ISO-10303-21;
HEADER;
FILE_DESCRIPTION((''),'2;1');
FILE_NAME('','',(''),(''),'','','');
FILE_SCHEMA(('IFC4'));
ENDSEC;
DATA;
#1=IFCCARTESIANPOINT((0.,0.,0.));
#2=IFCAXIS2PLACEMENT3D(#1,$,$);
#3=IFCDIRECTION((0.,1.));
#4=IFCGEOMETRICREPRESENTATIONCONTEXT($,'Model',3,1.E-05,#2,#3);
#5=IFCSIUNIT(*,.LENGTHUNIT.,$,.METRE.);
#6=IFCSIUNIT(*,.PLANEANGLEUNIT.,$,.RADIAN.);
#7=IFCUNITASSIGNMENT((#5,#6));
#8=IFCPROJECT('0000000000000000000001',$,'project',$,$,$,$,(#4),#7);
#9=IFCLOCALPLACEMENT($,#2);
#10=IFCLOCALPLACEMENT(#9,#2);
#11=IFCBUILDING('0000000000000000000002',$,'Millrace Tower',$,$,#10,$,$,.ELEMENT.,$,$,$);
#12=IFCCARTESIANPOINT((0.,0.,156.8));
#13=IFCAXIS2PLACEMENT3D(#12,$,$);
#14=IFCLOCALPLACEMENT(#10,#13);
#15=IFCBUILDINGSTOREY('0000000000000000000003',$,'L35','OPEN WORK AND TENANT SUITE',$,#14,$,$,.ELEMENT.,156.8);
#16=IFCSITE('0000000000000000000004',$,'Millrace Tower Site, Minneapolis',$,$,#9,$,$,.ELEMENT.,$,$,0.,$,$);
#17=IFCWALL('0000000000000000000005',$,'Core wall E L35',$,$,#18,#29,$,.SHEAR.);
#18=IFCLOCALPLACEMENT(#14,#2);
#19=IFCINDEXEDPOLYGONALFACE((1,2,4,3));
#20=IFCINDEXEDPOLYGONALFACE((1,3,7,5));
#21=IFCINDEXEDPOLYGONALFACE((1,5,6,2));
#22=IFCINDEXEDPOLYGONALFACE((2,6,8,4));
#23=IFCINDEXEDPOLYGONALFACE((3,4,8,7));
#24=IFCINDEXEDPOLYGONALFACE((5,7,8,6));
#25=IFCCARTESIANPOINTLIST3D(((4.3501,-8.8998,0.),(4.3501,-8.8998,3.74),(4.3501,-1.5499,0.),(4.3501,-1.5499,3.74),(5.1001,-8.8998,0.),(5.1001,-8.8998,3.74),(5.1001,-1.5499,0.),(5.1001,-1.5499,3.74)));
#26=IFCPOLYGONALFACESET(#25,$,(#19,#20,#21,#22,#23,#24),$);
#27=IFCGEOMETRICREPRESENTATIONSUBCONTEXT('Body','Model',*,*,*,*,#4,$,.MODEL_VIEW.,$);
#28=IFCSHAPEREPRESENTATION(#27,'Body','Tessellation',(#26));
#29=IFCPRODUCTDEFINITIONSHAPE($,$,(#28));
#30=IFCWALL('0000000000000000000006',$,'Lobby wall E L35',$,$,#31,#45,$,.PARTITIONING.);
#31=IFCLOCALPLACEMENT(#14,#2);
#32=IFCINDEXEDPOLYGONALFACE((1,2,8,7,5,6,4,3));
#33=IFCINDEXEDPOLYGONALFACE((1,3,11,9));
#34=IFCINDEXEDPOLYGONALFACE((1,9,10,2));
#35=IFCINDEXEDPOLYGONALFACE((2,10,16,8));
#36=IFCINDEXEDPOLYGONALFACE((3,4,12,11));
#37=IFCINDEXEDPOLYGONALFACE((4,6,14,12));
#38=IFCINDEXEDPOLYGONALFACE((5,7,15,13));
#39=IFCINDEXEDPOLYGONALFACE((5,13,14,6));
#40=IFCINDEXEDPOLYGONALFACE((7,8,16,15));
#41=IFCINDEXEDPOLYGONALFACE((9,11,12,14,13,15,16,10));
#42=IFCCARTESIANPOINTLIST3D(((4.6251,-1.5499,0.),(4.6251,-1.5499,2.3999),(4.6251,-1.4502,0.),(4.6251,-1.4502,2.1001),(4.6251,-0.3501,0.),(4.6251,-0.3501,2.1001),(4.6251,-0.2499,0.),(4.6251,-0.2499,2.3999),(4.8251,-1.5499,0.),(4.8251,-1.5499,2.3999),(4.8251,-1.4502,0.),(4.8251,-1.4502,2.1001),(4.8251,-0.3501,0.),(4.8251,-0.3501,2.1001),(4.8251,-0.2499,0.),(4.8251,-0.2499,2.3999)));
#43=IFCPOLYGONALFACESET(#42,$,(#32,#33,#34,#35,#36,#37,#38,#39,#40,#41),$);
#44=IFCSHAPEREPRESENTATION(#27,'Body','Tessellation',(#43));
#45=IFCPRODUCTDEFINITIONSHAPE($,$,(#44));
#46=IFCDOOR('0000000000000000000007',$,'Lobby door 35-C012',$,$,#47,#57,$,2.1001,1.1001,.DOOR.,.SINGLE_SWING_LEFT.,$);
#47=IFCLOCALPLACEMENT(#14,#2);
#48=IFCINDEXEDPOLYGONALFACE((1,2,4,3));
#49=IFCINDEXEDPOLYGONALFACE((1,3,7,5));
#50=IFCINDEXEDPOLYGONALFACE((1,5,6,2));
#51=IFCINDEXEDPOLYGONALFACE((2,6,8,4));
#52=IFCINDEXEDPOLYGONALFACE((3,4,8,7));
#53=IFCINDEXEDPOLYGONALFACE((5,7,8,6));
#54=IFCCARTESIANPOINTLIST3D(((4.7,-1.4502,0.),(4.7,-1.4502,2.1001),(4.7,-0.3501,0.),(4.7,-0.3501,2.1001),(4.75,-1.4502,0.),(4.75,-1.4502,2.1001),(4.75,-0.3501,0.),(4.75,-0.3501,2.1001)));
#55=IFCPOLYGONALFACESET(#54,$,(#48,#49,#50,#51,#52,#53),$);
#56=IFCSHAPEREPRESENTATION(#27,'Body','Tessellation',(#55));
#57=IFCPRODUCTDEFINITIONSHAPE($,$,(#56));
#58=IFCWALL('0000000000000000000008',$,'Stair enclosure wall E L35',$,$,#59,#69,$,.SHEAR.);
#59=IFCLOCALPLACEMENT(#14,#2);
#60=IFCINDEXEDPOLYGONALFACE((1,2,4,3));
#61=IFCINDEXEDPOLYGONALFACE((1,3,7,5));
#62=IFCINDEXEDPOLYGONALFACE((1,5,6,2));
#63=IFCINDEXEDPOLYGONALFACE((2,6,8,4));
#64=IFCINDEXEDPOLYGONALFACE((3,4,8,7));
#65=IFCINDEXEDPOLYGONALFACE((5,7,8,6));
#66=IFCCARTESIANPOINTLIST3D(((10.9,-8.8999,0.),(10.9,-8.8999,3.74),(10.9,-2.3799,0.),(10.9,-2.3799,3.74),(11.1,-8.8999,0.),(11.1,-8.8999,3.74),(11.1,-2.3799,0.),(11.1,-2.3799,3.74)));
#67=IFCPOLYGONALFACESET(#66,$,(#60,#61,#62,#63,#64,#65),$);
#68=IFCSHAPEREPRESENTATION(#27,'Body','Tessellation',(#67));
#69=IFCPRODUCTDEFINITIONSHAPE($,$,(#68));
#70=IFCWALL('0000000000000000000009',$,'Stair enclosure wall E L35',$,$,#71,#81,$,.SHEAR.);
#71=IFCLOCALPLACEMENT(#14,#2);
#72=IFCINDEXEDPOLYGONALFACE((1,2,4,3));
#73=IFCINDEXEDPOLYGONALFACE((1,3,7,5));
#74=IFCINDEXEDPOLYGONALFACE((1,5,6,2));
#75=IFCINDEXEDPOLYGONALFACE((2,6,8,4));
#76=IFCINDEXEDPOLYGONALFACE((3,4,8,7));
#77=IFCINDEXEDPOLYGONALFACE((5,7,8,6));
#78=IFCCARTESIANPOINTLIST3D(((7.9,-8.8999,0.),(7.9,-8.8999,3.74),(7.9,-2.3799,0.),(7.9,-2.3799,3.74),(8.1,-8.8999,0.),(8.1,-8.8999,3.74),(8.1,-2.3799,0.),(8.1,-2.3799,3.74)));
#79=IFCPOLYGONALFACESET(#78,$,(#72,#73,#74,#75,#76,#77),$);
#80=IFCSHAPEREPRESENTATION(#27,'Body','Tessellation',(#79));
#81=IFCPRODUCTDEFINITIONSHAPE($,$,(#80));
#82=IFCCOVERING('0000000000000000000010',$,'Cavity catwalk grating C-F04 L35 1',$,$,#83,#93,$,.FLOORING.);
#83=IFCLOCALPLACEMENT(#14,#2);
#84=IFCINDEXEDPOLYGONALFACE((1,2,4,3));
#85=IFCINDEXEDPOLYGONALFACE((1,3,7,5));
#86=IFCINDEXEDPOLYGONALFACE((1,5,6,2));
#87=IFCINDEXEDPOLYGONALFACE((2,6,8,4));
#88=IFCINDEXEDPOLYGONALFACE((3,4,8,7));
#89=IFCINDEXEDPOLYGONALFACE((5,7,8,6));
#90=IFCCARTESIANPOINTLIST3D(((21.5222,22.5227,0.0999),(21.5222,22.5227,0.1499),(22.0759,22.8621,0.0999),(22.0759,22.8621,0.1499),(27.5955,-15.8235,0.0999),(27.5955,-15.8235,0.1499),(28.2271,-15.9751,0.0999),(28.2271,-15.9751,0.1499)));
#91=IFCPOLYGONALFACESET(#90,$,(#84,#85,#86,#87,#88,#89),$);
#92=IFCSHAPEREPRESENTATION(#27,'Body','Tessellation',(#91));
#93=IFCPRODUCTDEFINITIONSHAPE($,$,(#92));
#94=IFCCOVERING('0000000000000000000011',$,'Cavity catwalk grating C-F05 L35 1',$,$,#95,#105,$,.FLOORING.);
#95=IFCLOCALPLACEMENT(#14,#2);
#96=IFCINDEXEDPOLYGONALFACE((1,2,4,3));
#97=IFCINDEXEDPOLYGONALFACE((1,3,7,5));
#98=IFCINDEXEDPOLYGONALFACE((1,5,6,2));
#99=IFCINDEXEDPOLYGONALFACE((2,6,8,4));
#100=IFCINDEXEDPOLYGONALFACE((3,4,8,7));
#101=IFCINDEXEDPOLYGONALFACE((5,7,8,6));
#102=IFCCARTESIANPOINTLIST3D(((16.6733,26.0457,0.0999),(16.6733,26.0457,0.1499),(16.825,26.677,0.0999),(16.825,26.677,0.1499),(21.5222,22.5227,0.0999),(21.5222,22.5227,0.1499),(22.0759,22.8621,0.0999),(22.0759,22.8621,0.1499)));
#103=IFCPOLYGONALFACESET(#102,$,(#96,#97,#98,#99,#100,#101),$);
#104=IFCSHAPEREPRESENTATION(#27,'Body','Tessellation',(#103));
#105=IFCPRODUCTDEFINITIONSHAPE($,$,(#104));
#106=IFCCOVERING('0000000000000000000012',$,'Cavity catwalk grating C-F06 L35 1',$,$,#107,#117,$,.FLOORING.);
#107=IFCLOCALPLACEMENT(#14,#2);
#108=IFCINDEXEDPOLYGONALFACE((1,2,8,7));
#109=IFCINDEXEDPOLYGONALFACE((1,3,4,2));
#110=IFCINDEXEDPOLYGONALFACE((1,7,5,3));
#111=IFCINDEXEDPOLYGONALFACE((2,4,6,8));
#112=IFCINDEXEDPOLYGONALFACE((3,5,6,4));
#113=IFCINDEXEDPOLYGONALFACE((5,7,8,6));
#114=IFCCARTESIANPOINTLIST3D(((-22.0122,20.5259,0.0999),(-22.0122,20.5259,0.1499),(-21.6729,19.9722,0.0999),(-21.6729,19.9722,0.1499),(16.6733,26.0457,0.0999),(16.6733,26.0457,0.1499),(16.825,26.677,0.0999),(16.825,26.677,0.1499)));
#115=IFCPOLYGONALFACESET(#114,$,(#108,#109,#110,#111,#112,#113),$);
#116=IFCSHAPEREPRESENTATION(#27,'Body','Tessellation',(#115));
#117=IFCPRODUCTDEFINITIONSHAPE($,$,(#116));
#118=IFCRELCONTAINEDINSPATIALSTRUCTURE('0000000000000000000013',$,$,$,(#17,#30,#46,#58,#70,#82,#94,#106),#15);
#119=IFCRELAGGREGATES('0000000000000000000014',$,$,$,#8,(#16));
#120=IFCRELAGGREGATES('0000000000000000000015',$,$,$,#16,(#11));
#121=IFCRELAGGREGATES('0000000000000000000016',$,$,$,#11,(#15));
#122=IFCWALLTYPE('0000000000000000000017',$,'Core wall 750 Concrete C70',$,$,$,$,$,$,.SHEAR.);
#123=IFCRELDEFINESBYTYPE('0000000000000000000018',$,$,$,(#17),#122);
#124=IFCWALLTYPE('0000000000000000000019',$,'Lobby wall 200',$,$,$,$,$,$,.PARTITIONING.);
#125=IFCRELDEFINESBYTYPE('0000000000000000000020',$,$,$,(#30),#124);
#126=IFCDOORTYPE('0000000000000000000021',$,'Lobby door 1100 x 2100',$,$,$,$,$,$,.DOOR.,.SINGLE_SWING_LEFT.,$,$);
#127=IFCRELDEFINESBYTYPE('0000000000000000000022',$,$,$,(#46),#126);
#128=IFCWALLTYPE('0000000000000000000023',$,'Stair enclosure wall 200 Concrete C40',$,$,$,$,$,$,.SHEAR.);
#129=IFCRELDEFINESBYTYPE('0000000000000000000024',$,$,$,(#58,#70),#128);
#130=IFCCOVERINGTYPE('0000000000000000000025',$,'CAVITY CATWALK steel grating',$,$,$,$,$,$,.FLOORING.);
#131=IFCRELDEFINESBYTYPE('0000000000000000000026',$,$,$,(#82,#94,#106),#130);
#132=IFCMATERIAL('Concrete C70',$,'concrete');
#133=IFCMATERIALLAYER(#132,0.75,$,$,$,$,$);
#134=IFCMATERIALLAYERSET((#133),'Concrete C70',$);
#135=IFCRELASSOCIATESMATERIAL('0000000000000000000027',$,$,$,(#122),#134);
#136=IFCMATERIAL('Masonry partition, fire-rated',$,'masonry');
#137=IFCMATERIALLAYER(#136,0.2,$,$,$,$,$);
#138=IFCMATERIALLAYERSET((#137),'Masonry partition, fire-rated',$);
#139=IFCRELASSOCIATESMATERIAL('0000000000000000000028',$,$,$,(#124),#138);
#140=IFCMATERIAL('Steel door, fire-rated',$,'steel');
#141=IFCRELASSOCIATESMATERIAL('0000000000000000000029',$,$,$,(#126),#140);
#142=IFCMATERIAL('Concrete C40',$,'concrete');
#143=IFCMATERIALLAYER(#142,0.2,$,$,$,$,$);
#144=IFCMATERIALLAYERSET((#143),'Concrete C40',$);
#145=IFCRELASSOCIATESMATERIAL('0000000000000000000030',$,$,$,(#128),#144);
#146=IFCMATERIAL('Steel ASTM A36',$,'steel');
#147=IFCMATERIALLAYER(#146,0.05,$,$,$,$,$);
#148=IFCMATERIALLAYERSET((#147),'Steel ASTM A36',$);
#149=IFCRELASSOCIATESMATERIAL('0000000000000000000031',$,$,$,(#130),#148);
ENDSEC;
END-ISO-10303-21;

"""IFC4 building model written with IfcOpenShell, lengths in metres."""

from ifc_helpers import new_model, si_unit, direction, frame, frame_2d, origin, place, context, subcontext, project, spatial, polyline, rectangle, outline, extrude, material, layer, layer_set, type_object, element, fill, save


model = new_model("IFC4")

# Units and contexts
model_context = context("Model", 3, precision=1e-05, world=origin(), true_north=direction((0.0, 1.0)))
body_context = subcontext(model_context, "Body", "Model", "MODEL_VIEW")
ifc_project = project(units=[si_unit("LENGTHUNIT", "METRE"), si_unit("PLANEANGLEUNIT", "RADIAN")], contexts=[model_context])

# Site, building, storey
site_placement = place(None, origin())
site = spatial("IfcSite", under=ifc_project, at=site_placement, Name="Millrace Tower Site, Minneapolis", CompositionType="ELEMENT", RefElevation=0.0)
building_placement = place(site_placement, origin())
building = spatial("IfcBuilding", under=site, at=building_placement, Name="Millrace Tower", CompositionType="ELEMENT")
storey_placement = place(building_placement, frame((0.0, 0.0, 156.8)))
storey = spatial("IfcBuildingStorey", under=building, at=storey_placement, Name="L35", Description="OPEN WORK AND TENANT SUITE", CompositionType="ELEMENT", Elevation=156.8)

# Wall
ifc_material_1 = material(Name="Concrete C70", Category="concrete")
ifc_layer_1 = layer(ifc_material_1, 0.75)
ifc_layer_set_1 = layer_set([ifc_layer_1], Name="Concrete C70")
wall_type_1 = type_object("IfcWallType", Name="Core wall 750 Concrete C70", PredefinedType="SHEAR", material=ifc_layer_set_1)
wall_1_placement = place(storey_placement, frame((4.7251, -1.55, 0.0), z_axis=(0.0, 0.0, 1.0), x_axis=(0.0, -1.0, 0.0)))
element("IfcWall", 1, at=wall_1_placement, inside=storey, type_object=wall_type_1, Name="Core wall E L35", PredefinedType="SHEAR", context=body_context, shape_type="SweptSolid", body=[
    extrude(rectangle(XDim=7.3499, YDim=0.75, at=frame_2d((3.6748, 0.0))), origin(), (0.0, 0.0, 1.0), 3.74),
])

# Wall, opening, door
ifc_material_2 = material(Name="Masonry partition, fire-rated", Category="masonry")
ifc_layer_2 = layer(ifc_material_2, 0.2)
ifc_layer_set_2 = layer_set([ifc_layer_2], Name="Masonry partition, fire-rated")
wall_type_2 = type_object("IfcWallType", Name="Lobby wall 200", PredefinedType="PARTITIONING", material=ifc_layer_set_2)
wall_2_placement = place(storey_placement, frame((4.7251, -0.25, 0.0), z_axis=(0.0, 0.0, 1.0), x_axis=(0.0, -1.0, 0.0)))
wall_2 = element("IfcWall", 2, at=wall_2_placement, inside=storey, type_object=wall_type_2, Name="Lobby wall E L35", PredefinedType="PARTITIONING", context=body_context, shape_type="SweptSolid", body=[
    extrude(rectangle(XDim=1.3, YDim=0.2, at=frame_2d((0.6499, 0.0))), origin(), (0.0, 0.0, 1.0), 2.3999),
])
opening_placement = place(wall_2_placement, frame((0.1001, 0.0, 0.0)))
opening = element("IfcOpeningElement", 3, at=opening_placement, cuts=wall_2, PredefinedType="OPENING", context=body_context, shape_type="SweptSolid", body=[
    extrude(rectangle(XDim=1.1001, YDim=2.1001, at=frame_2d((0.55, 1.05))), frame((0.0, 0.1099, 0.0), z_axis=(0.0, -1.0, 0.0), x_axis=(1.0, 0.0, 0.0)), (0.0, 0.0, 1.0), 0.22),
])
ifc_material_3 = material(Name="Steel door, fire-rated", Category="steel")
door_type = type_object("IfcDoorType", Name="Lobby door 1100 x 2100", OperationType="SINGLE_SWING_LEFT", PredefinedType="DOOR", material=ifc_material_3)
door_placement = place(opening_placement, origin())
door = element("IfcDoor", 4, at=door_placement, inside=storey, type_object=door_type, Name="Lobby door 35-C012", OperationType="SINGLE_SWING_LEFT", OverallHeight=2.1001, OverallWidth=1.1001, PredefinedType="DOOR", context=body_context, shape_type="SweptSolid", body=[
    extrude(rectangle(XDim=1.1001, YDim=2.1001, at=frame_2d((0.55, 1.05))), frame((0.0, 0.0249, 0.0), z_axis=(0.0, -1.0, 0.0), x_axis=(1.0, 0.0, 0.0)), (0.0, 0.0, 1.0), 0.05),
])
fill(opening, door)

# Walls
ifc_material_4 = material(Name="Concrete C40", Category="concrete")
ifc_layer_3 = layer(ifc_material_4, 0.2)
ifc_layer_set_3 = layer_set([ifc_layer_3], Name="Concrete C40")
wall_type_3 = type_object("IfcWallType", Name="Stair enclosure wall 200 Concrete C40", PredefinedType="SHEAR", material=ifc_layer_set_3)
for number, where, z_axis, x_axis, name in (
    (5, (11.0, -2.3799, 0.0), (0.0, 0.0, 1.0), (0.0, -1.0, 0.0), "Stair enclosure wall E L35"),
    (6, (8.0, -2.3799, 0.0), (0.0, 0.0, 1.0), (0.0, -1.0, 0.0), "Stair enclosure wall E L35"),
):
    element("IfcWall", number, at=place(storey_placement, frame(where, z_axis=z_axis, x_axis=x_axis)), inside=storey, type_object=wall_type_3, Name=name, PredefinedType="SHEAR", context=body_context, shape_type="SweptSolid", body=[
        extrude(rectangle(XDim=6.52, YDim=0.2, at=frame_2d((3.26, 0.0))), origin(), (0.0, 0.0, 1.0), 3.74),
    ])

# Coverings
ifc_material_5 = material(Name="Steel ASTM A36", Category="steel")
ifc_layer_4 = layer(ifc_material_5, 0.05)
ifc_layer_set_4 = layer_set([ifc_layer_4], Name="Steel ASTM A36")
covering_type = type_object("IfcCoveringType", Name="CAVITY CATWALK steel grating", PredefinedType="FLOORING", material=ifc_layer_set_4)
placement_1 = place(storey_placement, frame((0.0, 0.0, 0.0999)))
element("IfcCovering", 7, at=placement_1, inside=storey, type_object=covering_type, Name="Cavity catwalk grating C-F04 L35 1", PredefinedType="FLOORING", context=body_context, shape_type="SweptSolid", body=[
    extrude(outline(polyline([(28.2271, -15.9751), (22.0759, 22.8621), (21.5222, 22.5227), (27.5955, -15.8235), (28.2271, -15.9751)])), origin(), (0.0, 0.0, 1.0), 0.05),
])
element("IfcCovering", 8, at=placement_1, inside=storey, type_object=covering_type, Name="Cavity catwalk grating C-F05 L35 1", PredefinedType="FLOORING", context=body_context, shape_type="SweptSolid", body=[
    extrude(outline(polyline([(22.0759, 22.8621), (16.825, 26.677), (16.6733, 26.0457), (21.5222, 22.5227), (22.0759, 22.8621)])), origin(), (0.0, 0.0, 1.0), 0.05),
])
element("IfcCovering", 9, at=placement_1, inside=storey, type_object=covering_type, Name="Cavity catwalk grating C-F06 L35 1", PredefinedType="FLOORING", context=body_context, shape_type="SweptSolid", body=[
    extrude(outline(polyline([(16.825, 26.677), (-22.0122, 20.5259), (-21.6729, 19.9722), (16.6733, 26.0457), (16.825, 26.677)])), origin(), (0.0, 0.0, 1.0), 0.05),
])

save(model, "model.ifc")
